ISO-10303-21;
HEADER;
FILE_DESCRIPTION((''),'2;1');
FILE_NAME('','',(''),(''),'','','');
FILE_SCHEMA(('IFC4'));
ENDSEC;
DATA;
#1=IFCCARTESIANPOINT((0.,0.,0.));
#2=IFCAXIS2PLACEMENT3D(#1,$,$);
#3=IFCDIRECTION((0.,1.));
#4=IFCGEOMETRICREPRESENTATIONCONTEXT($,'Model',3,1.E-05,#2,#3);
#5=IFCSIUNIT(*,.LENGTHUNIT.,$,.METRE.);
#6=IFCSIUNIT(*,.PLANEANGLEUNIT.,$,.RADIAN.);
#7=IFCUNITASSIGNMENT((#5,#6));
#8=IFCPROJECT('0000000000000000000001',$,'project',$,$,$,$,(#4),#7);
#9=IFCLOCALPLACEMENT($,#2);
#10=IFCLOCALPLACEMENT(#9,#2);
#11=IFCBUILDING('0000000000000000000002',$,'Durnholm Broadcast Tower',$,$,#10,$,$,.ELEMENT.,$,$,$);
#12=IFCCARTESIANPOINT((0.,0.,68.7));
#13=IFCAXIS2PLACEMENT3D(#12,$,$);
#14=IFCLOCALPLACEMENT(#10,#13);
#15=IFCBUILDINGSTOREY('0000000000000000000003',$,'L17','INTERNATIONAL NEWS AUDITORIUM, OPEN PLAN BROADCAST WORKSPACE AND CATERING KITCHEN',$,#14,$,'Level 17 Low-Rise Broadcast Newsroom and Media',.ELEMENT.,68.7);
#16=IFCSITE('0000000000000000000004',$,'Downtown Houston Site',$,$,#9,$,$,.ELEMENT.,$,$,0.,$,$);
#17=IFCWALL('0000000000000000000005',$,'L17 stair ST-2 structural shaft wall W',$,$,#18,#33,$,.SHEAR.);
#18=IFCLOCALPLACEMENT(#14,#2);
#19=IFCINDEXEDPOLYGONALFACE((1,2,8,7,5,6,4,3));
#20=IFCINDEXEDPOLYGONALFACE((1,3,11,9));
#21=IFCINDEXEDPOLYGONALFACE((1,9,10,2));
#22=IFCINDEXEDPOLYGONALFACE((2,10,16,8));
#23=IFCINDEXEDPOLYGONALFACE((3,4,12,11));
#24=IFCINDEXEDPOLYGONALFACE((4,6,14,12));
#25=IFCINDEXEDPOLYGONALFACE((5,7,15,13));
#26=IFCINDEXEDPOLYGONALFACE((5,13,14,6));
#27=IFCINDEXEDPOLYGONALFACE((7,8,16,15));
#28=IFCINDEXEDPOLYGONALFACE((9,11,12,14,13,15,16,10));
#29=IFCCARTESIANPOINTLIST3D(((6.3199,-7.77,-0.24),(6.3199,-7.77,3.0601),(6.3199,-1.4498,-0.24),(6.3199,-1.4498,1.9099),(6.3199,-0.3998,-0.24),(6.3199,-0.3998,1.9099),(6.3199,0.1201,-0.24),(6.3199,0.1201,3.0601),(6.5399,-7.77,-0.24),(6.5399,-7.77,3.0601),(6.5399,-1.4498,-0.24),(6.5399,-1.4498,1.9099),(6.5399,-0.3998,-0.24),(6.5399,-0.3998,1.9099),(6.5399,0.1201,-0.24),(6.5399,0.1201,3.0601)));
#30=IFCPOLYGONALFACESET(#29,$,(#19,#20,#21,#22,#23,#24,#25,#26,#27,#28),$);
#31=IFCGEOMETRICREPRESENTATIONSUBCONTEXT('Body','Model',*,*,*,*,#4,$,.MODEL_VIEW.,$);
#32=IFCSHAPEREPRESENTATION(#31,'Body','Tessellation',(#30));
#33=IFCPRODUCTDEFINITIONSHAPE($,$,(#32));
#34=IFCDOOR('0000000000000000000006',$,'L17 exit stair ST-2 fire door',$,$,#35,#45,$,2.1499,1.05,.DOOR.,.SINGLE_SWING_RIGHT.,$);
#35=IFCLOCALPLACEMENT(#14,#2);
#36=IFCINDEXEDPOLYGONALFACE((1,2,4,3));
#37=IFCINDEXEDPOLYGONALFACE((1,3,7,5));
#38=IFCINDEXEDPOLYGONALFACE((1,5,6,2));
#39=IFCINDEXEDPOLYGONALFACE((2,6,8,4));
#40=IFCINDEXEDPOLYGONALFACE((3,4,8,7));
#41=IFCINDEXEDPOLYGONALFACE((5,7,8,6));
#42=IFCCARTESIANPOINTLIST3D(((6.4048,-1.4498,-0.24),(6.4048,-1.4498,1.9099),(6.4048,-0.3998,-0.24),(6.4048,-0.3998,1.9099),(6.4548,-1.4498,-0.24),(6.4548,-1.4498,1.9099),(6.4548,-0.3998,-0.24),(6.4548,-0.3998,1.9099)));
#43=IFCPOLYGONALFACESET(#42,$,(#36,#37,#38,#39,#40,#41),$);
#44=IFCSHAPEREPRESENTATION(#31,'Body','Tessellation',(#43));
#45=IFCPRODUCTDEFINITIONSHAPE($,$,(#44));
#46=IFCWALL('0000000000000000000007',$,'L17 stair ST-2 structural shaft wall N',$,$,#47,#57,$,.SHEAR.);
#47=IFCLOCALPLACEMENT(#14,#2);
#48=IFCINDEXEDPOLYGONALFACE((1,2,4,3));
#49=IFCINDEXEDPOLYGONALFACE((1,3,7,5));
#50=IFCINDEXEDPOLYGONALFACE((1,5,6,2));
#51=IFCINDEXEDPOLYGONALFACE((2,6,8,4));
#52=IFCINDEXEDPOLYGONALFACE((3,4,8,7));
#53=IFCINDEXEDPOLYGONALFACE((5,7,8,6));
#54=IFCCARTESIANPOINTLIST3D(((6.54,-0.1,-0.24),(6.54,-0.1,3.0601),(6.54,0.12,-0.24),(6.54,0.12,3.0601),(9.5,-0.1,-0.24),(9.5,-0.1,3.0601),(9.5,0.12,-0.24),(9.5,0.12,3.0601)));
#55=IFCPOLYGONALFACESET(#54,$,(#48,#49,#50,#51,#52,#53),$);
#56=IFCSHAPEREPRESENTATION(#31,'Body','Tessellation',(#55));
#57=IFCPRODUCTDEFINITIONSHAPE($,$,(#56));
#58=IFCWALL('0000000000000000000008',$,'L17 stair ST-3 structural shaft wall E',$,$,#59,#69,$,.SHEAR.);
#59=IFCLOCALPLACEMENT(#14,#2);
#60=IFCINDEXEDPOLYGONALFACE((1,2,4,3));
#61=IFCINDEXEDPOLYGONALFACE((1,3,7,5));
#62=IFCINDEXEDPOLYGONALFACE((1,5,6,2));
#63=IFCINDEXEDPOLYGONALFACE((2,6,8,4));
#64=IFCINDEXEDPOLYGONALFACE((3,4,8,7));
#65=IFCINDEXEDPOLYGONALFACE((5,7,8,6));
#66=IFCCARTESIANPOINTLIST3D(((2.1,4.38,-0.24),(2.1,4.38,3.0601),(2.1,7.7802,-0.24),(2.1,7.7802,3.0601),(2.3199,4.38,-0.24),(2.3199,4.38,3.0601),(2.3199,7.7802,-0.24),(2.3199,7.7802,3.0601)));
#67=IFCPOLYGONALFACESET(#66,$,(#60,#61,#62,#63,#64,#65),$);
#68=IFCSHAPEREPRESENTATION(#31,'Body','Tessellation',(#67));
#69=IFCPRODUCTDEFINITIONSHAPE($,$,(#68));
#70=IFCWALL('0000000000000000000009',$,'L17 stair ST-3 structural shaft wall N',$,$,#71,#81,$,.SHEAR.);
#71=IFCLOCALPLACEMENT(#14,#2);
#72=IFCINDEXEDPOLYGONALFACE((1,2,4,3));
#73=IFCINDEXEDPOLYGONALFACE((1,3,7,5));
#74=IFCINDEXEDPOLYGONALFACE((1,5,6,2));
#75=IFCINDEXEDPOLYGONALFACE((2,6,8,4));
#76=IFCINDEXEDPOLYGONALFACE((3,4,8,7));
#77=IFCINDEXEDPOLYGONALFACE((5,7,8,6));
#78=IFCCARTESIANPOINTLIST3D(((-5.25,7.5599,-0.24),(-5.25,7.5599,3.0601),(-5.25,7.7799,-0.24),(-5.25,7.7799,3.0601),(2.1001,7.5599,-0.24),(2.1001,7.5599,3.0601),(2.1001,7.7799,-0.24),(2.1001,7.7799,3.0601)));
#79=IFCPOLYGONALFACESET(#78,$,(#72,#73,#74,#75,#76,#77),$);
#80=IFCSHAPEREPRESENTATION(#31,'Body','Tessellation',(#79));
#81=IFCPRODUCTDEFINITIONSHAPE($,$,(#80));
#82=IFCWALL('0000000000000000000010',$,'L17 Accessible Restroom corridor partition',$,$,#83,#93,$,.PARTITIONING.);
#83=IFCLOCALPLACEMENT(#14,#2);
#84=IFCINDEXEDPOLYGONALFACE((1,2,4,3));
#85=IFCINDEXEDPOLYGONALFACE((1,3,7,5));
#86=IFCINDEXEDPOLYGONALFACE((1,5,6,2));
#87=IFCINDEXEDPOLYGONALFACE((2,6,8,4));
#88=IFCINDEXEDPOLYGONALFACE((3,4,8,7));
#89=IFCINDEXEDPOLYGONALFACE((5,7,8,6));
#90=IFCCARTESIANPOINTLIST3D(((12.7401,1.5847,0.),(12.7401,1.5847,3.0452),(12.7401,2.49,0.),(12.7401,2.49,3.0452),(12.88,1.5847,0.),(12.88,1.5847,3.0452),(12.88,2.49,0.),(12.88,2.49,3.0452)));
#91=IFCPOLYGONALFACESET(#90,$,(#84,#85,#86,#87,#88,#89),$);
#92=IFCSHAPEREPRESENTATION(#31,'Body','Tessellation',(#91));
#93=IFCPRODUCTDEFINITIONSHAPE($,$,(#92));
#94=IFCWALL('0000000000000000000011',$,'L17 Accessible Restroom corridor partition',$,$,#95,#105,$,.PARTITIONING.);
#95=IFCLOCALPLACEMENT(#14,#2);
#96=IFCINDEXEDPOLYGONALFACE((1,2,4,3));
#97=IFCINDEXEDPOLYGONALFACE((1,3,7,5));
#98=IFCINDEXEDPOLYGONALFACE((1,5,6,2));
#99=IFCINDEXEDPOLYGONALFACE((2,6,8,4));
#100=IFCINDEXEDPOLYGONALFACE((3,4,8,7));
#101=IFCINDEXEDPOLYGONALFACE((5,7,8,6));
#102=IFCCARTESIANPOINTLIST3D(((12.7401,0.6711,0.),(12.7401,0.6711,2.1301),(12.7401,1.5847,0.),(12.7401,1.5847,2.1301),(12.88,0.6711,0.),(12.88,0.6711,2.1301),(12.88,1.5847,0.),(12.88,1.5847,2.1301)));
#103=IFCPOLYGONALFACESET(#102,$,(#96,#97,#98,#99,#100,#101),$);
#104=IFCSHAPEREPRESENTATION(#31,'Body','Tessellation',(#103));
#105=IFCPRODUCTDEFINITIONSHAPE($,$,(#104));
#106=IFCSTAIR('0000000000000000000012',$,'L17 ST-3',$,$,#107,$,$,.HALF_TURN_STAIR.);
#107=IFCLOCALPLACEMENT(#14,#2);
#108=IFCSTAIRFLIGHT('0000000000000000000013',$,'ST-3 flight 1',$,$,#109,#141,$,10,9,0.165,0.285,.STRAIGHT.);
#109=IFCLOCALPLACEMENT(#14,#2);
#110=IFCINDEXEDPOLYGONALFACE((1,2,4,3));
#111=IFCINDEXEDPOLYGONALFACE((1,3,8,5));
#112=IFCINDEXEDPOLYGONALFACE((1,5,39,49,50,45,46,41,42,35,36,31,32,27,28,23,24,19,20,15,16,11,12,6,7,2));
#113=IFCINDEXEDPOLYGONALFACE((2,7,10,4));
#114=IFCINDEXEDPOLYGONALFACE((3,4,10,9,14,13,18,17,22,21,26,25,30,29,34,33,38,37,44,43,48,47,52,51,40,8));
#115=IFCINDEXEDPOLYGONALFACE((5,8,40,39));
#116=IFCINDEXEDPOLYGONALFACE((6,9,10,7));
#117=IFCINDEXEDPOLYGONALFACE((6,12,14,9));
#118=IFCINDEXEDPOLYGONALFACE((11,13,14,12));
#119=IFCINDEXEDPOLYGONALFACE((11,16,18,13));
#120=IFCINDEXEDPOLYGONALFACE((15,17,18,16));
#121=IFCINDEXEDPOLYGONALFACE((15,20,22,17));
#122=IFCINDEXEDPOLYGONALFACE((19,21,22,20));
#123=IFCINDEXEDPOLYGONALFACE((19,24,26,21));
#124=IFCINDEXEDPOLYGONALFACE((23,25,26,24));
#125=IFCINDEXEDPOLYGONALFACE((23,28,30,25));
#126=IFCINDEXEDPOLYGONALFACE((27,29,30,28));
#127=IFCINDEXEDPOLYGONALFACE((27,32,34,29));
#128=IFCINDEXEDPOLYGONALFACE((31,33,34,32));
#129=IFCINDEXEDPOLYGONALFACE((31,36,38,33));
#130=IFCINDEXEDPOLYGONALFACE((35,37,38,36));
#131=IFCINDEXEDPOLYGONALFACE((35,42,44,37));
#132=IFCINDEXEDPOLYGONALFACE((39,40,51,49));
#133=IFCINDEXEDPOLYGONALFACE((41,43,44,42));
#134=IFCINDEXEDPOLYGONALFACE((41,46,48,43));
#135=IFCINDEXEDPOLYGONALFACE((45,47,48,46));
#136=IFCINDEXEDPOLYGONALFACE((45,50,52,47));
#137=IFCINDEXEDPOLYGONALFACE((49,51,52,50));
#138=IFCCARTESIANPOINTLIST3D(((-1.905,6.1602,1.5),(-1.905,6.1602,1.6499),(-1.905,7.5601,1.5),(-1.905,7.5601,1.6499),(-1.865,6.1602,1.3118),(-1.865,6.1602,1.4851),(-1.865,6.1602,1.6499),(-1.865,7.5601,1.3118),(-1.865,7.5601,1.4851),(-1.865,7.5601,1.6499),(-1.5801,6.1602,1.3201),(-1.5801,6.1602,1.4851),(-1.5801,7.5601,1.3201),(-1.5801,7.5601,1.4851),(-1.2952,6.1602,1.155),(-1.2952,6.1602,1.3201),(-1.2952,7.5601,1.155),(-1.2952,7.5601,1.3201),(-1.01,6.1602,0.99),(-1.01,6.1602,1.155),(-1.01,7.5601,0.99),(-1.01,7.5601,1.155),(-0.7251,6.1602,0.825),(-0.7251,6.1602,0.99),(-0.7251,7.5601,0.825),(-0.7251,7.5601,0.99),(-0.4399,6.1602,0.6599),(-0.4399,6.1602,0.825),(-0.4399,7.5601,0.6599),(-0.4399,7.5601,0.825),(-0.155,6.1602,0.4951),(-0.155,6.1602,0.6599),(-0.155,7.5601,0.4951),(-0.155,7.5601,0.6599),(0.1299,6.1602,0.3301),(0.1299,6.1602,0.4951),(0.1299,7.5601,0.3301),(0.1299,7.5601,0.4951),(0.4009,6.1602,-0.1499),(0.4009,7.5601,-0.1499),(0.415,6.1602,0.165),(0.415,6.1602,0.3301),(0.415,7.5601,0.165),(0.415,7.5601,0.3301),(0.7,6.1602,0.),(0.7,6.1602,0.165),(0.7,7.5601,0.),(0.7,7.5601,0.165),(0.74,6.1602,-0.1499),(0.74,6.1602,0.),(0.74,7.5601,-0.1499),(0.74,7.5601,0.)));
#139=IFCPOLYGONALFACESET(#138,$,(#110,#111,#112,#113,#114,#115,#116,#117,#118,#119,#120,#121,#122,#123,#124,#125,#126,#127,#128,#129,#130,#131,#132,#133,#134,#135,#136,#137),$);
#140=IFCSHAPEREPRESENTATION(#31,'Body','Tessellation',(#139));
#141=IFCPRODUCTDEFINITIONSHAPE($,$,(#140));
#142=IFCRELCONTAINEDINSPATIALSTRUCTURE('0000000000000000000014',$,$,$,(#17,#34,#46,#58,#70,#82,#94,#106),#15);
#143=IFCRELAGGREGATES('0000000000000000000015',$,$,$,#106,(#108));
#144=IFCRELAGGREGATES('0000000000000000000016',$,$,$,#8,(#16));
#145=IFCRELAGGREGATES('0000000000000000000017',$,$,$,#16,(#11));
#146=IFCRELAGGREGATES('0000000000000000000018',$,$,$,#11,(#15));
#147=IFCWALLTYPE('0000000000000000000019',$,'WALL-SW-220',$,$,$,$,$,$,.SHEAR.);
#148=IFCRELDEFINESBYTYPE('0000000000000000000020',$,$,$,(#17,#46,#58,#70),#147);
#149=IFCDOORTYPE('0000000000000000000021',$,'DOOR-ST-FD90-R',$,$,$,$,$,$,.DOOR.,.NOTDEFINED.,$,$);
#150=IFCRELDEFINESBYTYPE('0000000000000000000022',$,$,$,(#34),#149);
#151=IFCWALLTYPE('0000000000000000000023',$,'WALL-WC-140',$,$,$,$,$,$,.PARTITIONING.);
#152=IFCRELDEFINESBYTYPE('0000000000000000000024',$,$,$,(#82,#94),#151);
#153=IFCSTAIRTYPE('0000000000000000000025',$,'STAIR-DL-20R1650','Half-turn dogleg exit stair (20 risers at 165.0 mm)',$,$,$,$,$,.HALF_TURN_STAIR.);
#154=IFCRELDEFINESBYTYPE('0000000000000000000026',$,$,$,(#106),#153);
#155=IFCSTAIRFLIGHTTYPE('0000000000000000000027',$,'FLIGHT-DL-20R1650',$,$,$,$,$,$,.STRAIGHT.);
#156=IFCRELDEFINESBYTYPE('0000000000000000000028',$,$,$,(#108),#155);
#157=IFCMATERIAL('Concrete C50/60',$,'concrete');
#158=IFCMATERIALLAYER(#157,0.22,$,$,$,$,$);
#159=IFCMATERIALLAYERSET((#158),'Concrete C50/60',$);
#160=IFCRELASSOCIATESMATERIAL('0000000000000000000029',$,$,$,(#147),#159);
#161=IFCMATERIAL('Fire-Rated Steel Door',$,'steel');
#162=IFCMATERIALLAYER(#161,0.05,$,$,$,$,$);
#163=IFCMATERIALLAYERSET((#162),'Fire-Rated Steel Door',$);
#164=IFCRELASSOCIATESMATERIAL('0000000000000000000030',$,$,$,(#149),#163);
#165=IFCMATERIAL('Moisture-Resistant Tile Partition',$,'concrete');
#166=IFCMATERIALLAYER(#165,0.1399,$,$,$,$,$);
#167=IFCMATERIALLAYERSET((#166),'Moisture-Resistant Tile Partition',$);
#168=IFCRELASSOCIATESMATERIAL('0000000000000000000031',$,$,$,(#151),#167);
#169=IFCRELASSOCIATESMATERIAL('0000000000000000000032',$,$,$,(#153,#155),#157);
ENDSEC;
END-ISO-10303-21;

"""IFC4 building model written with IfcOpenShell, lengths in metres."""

from ifc_helpers import new_model, si_unit, direction, frame, frame_2d, origin, place, context, subcontext, project, spatial, polyline, rectangle, outline, extrude, source, transform, mapped, material, layer, layer_set, type_object, type_shapes, element, fill, aggregate, save


model = new_model("IFC4")

# Units and contexts
model_context = context("Model", 3, precision=1e-05, world=origin(), true_north=direction((0.0, 1.0)))
body_context = subcontext(model_context, "Body", "Model", "MODEL_VIEW")
ifc_project = project(units=[si_unit("LENGTHUNIT", "METRE"), si_unit("PLANEANGLEUNIT", "RADIAN")], contexts=[model_context])

# Site, building, storey
site_placement = place(None, origin())
site = spatial("IfcSite", under=ifc_project, at=site_placement, Name="Downtown Houston Site", CompositionType="ELEMENT", RefElevation=0.0)
building_placement = place(site_placement, origin())
building = spatial("IfcBuilding", under=site, at=building_placement, Name="Durnholm Broadcast Tower", CompositionType="ELEMENT")
storey_placement = place(building_placement, frame((0.0, 0.0, 68.7)))
storey = spatial("IfcBuildingStorey", under=building, at=storey_placement, Name="L17", Description="INTERNATIONAL NEWS AUDITORIUM, OPEN PLAN BROADCAST WORKSPACE AND CATERING KITCHEN", LongName="Level 17 Low-Rise Broadcast Newsroom and Media", CompositionType="ELEMENT", Elevation=68.7)

# Wall, opening, door
ifc_material_1 = material(Name="Concrete C50/60", Category="concrete")
ifc_layer_1 = layer(ifc_material_1, 0.22)
ifc_layer_set_1 = layer_set([ifc_layer_1], Name="Concrete C50/60")
wall_type_1 = type_object("IfcWallType", Name="WALL-SW-220", PredefinedType="SHEAR", material=ifc_layer_set_1)
wall_1_placement = place(storey_placement, frame((6.4299, 0.1201, -0.24), z_axis=(0.0, 0.0, 1.0), x_axis=(0.0, -1.0, 0.0)))
wall_1 = element("IfcWall", 1, at=wall_1_placement, inside=storey, type_object=wall_type_1, Name="L17 stair ST-2 structural shaft wall W", PredefinedType="SHEAR", context=body_context, shape_type="SweptSolid", body=[
    extrude(rectangle(XDim=7.8901, YDim=0.22, at=frame_2d((3.9451, 0.0))), origin(), (0.0, 0.0, 1.0), 3.3),
])
opening_1_placement = place(wall_1_placement, frame((0.52, 0.0, 0.0)))
opening_1 = element("IfcOpeningElement", 2, at=opening_1_placement, cuts=wall_1, PredefinedType="OPENING", context=body_context, shape_type="SweptSolid", body=[
    extrude(rectangle(XDim=1.05, YDim=2.1499, at=frame_2d((0.5249, 1.075))), frame((0.0, 0.1201, 0.0), z_axis=(0.0, -1.0, 0.0), x_axis=(1.0, 0.0, 0.0)), (0.0, 0.0, 1.0), 0.24),
])
ifc_material_2 = material(Name="Fire-Rated Steel Door", Category="steel")
ifc_layer_2 = layer(ifc_material_2, 0.05)
ifc_layer_set_2 = layer_set([ifc_layer_2], Name="Fire-Rated Steel Door")
door_type_1 = type_object("IfcDoorType", Name="DOOR-ST-FD90-R", OperationType="NOTDEFINED", PredefinedType="DOOR", material=ifc_layer_set_2)
shared_shape_1 = source(origin(), body_context, "Body", "SweptSolid", [
    extrude(rectangle(XDim=1.05, YDim=2.1499, at=frame_2d((0.5249, 1.075))), frame((0.0, 0.0249, 0.0), z_axis=(0.0, -1.0, 0.0), x_axis=(1.0, 0.0, 0.0)), (0.0, 0.0, 1.0), 0.05),
])
type_shapes(door_type_1, [shared_shape_1])
door_1_placement = place(opening_1_placement, origin())
door_1 = element("IfcDoor", 3, at=door_1_placement, inside=storey, type_object=door_type_1, Name="L17 exit stair ST-2 fire door", OperationType="SINGLE_SWING_RIGHT", OverallHeight=2.1499, OverallWidth=1.05, PredefinedType="DOOR", context=body_context, shape_type="MappedRepresentation", body=[
    mapped(shared_shape_1, transform((0.0, 0.0, 0.0), x_axis=(1.0, 0.0, 0.0), y_axis=(0.0, 1.0, 0.0), z_axis=(0.0, 0.0, 1.0), scale=1.0)),
])
fill(opening_1, door_1)

# Walls
wall_2_placement = place(storey_placement, frame((9.5, 0.01, -0.24), z_axis=(0.0, 0.0, 1.0), x_axis=(-1.0, 0.0, 0.0)))
element("IfcWall", 4, at=wall_2_placement, inside=storey, type_object=wall_type_1, Name="L17 stair ST-2 structural shaft wall N", PredefinedType="SHEAR", context=body_context, shape_type="SweptSolid", body=[
    extrude(rectangle(XDim=2.96, YDim=0.22, at=frame_2d((1.48, 0.0))), origin(), (0.0, 0.0, 1.0), 3.3),
])
wall_3_placement = place(storey_placement, frame((2.21, 4.3799, -0.24), z_axis=(0.0, 0.0, 1.0), x_axis=(0.0, 1.0, 0.0)))
element("IfcWall", 5, at=wall_3_placement, inside=storey, type_object=wall_type_1, Name="L17 stair ST-3 structural shaft wall E", PredefinedType="SHEAR", context=body_context, shape_type="SweptSolid", body=[
    extrude(rectangle(XDim=3.4001, YDim=0.22, at=frame_2d((1.7002, 0.0))), origin(), (0.0, 0.0, 1.0), 3.3),
])
wall_4_placement = place(storey_placement, frame((2.1001, 7.6699, -0.24), z_axis=(0.0, 0.0, 1.0), x_axis=(-1.0, 0.0, 0.0)))
element("IfcWall", 6, at=wall_4_placement, inside=storey, type_object=wall_type_1, Name="L17 stair ST-3 structural shaft wall N", PredefinedType="SHEAR", context=body_context, shape_type="SweptSolid", body=[
    extrude(rectangle(XDim=7.3501, YDim=0.22, at=frame_2d((3.675, 0.0))), origin(), (0.0, 0.0, 1.0), 3.3),
])
ifc_material_3 = material(Name="Moisture-Resistant Tile Partition", Category="concrete")
ifc_layer_3 = layer(ifc_material_3, 0.1399)
ifc_layer_set_3 = layer_set([ifc_layer_3], Name="Moisture-Resistant Tile Partition")
wall_type_2 = type_object("IfcWallType", Name="WALL-WC-140", PredefinedType="PARTITIONING", material=ifc_layer_set_3)
wall_5_placement = place(storey_placement, frame((12.8101, 1.5847, 0.0), z_axis=(0.0, 0.0, 1.0), x_axis=(0.0, 1.0, 0.0)))
element("IfcWall", 7, at=wall_5_placement, inside=storey, type_object=wall_type_2, Name="L17 Accessible Restroom corridor partition", PredefinedType="PARTITIONING", context=body_context, shape_type="SweptSolid", body=[
    extrude(rectangle(XDim=0.9053, YDim=0.1399, at=frame_2d((0.4526, 0.0))), origin(), (0.0, 0.0, 1.0), 3.0452),
])
wall_6_placement = place(storey_placement, frame((12.8101, 0.6711, 0.0), z_axis=(0.0, 0.0, 1.0), x_axis=(0.0, 1.0, 0.0)))
element("IfcWall", 8, at=wall_6_placement, inside=storey, type_object=wall_type_2, Name="L17 Accessible Restroom corridor partition", PredefinedType="PARTITIONING", context=body_context, shape_type="SweptSolid", body=[
    extrude(rectangle(XDim=0.9136, YDim=0.1399, at=frame_2d((0.4568, 0.0))), origin(), (0.0, 0.0, 1.0), 2.1301),
])

# Stair, stair flight
stair_type = type_object("IfcStairType", Name="STAIR-DL-20R1650", Description="Half-turn dogleg exit stair (20 risers at 165.0 mm)", PredefinedType="HALF_TURN_STAIR", material=ifc_material_1)
stair_placement = place(storey_placement, origin())
stair = element("IfcStair", 9, at=stair_placement, inside=storey, type_object=stair_type, Name="L17 ST-3", PredefinedType="HALF_TURN_STAIR")
stair_flight_type = type_object("IfcStairFlightType", Name="FLIGHT-DL-20R1650", PredefinedType="STRAIGHT", material=ifc_material_1)
stair_flight_placement = place(storey_placement, frame((0.7, 6.8601, 0.0), z_axis=(0.0, 0.0, 1.0), x_axis=(-1.0, 0.0, 0.0)))
stair_flight = element("IfcStairFlight", 10, at=stair_flight_placement, type_object=stair_flight_type, Name="ST-3 flight 1", NumberOfRisers=10, NumberOfTreads=9, PredefinedType="STRAIGHT", RiserHeight=0.165, TreadLength=0.285, context=body_context, shape_type="SweptSolid", body=[
    extrude(outline(polyline([(-0.04, -0.1499), (-0.04, 0.0), (0.0, 0.0), (0.0, 0.165), (0.2849, 0.165), (0.2849, 0.3301), (0.5701, 0.3301), (0.5701, 0.4951), (0.855, 0.4951), (0.855, 0.6599), (1.1399, 0.6599), (1.1399, 0.825), (1.425, 0.825), (1.425, 0.99), (1.71, 0.99), (1.71, 1.155), (1.9951, 1.155), (1.9951, 1.3201), (2.28, 1.3201), (2.28, 1.4851), (2.5649, 1.4851), (2.5649, 1.6499), (2.605, 1.6499), (2.605, 1.5), (2.5649, 1.3118), (0.2991, -0.1499), (-0.04, -0.1499)])), frame((0.0, 0.7, 0.0), z_axis=(0.0, -1.0, 0.0), x_axis=(1.0, 0.0, 0.0)), (0.0, 0.0, 1.0), 1.3999),
])
aggregate(stair, [stair_flight])

save(model, "model.ifc")
